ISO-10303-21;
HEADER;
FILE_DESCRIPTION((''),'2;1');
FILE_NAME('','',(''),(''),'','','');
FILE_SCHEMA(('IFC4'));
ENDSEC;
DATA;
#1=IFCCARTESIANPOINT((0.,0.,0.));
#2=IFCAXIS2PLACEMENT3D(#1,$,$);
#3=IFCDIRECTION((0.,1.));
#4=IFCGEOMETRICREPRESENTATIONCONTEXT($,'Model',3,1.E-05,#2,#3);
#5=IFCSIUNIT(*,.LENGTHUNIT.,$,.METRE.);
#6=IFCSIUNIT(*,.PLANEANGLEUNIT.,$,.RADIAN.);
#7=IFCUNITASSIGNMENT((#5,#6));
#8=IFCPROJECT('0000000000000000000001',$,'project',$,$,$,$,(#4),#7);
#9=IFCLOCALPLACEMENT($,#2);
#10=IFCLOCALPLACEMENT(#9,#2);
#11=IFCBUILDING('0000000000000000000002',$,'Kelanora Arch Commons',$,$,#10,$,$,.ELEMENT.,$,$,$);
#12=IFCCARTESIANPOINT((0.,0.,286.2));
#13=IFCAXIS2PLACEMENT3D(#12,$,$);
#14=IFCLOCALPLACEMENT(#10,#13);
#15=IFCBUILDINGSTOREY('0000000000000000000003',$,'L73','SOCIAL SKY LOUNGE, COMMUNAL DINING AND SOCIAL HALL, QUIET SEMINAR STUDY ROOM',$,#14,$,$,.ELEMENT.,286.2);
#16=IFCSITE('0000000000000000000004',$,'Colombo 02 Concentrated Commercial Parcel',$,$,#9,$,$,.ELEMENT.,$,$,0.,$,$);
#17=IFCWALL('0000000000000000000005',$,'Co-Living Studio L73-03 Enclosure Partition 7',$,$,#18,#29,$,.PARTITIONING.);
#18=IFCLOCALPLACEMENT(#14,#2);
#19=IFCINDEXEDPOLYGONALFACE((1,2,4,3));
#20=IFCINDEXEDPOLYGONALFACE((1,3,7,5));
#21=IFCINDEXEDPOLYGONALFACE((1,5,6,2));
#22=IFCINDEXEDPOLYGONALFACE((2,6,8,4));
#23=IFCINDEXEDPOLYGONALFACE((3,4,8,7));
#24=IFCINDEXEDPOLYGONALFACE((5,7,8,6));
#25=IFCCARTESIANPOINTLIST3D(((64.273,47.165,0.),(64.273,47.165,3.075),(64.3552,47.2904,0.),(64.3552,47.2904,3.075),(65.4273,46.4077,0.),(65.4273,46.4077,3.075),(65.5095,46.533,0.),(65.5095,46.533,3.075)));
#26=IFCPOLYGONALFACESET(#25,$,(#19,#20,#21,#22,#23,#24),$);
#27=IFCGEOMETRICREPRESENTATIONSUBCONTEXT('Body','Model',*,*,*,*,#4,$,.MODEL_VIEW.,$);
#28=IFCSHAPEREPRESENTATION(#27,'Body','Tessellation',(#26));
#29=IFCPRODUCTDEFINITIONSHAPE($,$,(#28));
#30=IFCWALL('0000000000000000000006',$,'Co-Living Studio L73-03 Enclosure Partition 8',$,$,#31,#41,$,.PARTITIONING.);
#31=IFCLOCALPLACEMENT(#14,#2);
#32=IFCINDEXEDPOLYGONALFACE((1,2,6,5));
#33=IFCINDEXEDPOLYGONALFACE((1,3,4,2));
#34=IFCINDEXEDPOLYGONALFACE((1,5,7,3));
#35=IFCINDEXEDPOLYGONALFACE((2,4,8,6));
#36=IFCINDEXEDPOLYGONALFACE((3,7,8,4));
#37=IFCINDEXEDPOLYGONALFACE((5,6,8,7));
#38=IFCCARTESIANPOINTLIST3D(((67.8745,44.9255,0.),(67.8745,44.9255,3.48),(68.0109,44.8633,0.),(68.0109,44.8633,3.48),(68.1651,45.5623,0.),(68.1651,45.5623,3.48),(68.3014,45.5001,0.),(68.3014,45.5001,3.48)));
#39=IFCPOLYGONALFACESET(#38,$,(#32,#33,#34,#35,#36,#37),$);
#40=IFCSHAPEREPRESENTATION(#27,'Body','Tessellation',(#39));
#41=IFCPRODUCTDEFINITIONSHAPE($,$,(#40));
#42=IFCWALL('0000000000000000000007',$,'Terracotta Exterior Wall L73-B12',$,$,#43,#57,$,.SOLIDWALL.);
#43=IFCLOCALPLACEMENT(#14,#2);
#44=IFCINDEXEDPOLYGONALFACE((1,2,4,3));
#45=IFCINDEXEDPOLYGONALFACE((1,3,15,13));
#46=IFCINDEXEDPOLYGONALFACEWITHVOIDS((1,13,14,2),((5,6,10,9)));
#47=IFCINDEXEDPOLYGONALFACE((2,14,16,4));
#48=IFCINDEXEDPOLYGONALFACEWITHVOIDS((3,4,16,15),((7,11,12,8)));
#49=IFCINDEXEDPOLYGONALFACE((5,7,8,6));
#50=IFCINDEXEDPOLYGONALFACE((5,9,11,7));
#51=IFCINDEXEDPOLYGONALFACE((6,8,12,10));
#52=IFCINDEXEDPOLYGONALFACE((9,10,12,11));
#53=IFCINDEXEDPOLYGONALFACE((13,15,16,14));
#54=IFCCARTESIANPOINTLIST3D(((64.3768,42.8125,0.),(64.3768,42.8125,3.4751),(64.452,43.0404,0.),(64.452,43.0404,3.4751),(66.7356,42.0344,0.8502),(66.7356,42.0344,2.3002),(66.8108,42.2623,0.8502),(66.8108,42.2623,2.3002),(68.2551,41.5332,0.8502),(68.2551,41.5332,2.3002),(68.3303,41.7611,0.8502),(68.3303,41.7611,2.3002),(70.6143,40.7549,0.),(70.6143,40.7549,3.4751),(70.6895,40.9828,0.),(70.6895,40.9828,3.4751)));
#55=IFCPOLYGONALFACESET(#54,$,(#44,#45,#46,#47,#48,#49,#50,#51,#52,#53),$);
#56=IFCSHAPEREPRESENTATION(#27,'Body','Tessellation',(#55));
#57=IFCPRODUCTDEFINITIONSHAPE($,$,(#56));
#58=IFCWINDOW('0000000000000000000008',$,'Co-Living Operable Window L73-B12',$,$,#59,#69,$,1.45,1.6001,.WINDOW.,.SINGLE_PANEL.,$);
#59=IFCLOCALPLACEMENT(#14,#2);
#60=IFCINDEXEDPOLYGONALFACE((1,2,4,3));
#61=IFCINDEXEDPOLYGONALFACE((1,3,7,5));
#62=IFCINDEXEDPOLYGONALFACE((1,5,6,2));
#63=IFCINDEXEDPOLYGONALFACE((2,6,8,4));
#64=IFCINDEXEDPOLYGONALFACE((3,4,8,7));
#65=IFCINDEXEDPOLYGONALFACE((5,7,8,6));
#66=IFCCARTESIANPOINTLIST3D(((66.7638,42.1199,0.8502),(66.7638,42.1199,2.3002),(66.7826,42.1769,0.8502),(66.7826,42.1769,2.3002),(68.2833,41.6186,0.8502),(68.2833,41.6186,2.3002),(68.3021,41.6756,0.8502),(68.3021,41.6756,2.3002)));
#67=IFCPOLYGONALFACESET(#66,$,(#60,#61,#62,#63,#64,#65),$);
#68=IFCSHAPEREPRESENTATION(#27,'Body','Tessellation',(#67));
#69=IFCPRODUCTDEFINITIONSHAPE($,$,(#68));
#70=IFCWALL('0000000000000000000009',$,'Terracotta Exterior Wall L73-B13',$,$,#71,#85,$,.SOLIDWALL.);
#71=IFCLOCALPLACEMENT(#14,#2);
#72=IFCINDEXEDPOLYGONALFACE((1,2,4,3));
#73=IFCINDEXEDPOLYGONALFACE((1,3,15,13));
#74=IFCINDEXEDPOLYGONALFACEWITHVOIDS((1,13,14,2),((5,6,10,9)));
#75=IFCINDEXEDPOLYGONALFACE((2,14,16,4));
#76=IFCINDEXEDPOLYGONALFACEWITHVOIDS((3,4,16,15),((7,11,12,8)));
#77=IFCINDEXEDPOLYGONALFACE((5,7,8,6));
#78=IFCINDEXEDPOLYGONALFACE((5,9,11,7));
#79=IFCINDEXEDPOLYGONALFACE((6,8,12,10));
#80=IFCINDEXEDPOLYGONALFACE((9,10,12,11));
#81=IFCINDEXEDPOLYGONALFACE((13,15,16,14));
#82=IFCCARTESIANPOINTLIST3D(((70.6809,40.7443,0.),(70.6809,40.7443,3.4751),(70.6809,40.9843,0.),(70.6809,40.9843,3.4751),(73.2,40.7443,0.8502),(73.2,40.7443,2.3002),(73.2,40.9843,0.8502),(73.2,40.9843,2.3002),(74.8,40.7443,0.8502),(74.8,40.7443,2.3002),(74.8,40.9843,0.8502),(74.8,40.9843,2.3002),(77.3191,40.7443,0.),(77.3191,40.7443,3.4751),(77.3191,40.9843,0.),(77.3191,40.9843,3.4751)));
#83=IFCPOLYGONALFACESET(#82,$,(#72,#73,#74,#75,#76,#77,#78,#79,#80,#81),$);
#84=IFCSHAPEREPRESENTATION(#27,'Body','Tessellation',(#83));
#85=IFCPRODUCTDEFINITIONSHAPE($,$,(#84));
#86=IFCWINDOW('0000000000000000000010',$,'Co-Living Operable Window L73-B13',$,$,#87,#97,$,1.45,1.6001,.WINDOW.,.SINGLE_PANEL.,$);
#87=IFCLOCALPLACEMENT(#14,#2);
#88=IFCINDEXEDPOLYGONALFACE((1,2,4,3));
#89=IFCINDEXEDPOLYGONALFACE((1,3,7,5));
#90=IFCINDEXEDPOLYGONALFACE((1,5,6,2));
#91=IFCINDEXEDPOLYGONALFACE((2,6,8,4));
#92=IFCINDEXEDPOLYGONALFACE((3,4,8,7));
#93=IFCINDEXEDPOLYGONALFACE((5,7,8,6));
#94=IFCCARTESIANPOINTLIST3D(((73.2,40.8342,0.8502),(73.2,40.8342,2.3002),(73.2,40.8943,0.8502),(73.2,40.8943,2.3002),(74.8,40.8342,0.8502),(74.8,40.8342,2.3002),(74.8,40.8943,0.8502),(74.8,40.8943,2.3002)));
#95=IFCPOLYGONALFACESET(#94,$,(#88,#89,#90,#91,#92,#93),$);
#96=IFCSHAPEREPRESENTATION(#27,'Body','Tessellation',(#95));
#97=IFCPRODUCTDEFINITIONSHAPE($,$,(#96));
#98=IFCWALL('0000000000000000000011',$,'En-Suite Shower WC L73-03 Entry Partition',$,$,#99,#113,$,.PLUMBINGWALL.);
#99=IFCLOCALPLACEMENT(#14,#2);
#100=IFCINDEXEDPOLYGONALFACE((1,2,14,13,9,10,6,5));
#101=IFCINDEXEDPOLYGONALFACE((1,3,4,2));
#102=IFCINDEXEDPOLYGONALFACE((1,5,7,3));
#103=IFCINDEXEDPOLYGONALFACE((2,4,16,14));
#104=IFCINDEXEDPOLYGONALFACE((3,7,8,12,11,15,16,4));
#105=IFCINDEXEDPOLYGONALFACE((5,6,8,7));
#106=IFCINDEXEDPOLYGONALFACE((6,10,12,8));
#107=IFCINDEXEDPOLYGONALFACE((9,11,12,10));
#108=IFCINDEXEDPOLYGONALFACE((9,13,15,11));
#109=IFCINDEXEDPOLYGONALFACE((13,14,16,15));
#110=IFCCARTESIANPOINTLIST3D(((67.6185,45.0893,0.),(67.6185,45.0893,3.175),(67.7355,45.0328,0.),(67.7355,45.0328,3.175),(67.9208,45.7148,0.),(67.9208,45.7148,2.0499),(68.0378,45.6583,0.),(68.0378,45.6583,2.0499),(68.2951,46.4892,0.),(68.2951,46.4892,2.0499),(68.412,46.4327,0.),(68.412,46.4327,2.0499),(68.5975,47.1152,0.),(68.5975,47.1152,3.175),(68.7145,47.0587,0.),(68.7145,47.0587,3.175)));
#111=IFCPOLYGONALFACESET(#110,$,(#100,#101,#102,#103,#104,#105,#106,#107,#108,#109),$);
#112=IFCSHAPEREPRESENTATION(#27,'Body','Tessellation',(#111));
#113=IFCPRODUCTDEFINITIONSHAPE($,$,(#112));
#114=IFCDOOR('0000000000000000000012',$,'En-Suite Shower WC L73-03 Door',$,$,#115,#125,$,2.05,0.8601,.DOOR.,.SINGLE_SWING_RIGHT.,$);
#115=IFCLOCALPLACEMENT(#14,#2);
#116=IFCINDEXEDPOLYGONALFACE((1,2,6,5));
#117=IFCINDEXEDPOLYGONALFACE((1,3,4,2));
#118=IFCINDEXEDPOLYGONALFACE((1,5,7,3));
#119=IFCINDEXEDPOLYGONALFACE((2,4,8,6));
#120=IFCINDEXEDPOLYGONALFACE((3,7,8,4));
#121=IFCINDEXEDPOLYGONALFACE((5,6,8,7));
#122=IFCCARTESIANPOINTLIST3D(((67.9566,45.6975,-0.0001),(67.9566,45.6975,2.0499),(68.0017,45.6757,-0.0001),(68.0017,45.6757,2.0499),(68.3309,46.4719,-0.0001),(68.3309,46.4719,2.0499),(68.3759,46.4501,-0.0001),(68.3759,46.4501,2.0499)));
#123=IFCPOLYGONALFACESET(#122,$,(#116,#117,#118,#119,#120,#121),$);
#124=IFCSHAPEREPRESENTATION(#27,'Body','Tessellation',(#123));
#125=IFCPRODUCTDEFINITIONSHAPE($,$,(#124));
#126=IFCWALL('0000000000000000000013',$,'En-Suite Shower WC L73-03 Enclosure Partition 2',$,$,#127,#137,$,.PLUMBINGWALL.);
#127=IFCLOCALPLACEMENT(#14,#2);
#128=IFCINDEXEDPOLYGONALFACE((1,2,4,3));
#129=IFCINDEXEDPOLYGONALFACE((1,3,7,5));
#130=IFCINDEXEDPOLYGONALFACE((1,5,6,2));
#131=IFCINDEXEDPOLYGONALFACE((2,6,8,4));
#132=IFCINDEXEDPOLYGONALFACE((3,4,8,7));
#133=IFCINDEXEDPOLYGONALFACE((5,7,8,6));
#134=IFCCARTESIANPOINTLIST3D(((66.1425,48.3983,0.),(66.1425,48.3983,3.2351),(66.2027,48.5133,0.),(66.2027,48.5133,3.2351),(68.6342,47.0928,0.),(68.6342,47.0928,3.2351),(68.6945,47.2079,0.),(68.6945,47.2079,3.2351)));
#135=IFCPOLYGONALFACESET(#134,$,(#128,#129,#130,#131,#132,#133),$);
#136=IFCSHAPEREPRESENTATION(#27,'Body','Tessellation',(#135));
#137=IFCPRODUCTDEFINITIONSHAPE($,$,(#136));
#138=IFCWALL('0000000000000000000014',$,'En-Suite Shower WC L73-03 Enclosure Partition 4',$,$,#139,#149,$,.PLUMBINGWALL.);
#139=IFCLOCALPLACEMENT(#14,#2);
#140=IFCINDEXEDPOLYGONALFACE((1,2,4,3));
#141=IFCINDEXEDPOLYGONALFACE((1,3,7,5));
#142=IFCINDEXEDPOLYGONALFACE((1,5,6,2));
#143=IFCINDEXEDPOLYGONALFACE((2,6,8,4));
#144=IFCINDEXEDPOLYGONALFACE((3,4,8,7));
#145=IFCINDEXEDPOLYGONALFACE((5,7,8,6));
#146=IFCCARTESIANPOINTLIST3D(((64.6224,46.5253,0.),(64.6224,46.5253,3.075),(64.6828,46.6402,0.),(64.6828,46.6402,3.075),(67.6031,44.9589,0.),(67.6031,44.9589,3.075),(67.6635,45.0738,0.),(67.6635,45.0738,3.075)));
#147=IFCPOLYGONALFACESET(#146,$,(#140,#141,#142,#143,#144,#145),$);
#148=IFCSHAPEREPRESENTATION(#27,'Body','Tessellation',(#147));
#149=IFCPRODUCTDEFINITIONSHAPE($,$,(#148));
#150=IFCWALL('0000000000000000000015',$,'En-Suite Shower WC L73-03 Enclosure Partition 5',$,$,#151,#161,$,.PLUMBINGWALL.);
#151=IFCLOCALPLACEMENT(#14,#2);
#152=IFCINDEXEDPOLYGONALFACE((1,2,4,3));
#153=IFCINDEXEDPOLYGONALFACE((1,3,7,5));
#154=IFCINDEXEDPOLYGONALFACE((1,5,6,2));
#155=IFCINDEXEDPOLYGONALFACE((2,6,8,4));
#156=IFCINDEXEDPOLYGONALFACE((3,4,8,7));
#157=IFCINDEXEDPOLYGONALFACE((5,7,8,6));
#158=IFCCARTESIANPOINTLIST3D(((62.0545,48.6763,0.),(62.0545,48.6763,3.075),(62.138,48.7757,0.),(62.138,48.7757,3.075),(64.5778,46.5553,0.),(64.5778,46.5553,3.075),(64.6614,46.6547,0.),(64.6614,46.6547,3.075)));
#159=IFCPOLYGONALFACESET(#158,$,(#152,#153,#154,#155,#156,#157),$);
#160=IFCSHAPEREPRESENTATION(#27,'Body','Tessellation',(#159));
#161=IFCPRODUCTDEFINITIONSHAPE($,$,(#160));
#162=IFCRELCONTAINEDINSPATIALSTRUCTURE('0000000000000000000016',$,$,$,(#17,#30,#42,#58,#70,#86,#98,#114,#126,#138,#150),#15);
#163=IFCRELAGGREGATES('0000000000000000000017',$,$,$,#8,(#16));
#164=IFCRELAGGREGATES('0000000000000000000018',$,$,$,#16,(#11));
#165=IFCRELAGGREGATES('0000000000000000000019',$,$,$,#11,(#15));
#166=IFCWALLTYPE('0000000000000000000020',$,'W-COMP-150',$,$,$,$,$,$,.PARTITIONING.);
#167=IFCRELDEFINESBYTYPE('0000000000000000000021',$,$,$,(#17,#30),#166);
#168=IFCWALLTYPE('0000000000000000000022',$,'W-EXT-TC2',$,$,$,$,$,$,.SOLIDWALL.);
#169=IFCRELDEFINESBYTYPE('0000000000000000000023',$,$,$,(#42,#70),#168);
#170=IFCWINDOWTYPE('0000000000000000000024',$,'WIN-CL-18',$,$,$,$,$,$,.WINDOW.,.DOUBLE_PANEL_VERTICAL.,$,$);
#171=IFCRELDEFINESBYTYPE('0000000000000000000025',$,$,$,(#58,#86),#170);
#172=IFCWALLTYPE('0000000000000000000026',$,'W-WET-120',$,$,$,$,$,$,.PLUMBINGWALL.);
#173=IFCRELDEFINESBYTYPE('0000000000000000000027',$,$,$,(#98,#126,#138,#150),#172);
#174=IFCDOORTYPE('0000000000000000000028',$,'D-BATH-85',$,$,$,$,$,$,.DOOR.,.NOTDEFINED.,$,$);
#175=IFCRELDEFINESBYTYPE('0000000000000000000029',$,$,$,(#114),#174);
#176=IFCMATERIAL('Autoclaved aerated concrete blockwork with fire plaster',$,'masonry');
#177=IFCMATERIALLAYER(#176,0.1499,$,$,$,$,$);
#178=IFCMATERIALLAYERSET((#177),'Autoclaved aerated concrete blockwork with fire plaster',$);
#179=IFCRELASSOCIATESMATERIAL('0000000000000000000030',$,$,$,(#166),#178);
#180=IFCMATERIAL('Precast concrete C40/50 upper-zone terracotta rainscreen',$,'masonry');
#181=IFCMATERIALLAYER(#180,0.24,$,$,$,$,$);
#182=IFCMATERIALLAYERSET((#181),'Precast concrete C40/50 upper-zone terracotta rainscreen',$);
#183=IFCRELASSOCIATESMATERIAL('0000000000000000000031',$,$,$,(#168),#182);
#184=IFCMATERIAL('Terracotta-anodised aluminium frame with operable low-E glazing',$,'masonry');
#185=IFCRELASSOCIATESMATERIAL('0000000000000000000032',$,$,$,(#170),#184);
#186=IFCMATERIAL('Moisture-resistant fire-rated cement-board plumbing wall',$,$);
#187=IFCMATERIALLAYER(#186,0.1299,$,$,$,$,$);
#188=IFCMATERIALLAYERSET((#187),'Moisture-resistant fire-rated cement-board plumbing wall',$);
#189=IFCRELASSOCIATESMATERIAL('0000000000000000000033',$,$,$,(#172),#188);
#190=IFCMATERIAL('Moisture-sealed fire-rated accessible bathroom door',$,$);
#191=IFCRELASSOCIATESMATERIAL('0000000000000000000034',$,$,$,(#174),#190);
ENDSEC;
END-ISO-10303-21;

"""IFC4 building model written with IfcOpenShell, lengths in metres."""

from ifc_helpers import new_model, si_unit, direction, frame, frame_2d, origin, place, context, subcontext, project, spatial, rectangle, extrude, material, layer, layer_set, type_object, element, fill, save


model = new_model("IFC4")

# Units and contexts
model_context = context("Model", 3, precision=1e-05, world=origin(), true_north=direction((0.0, 1.0)))
body_context = subcontext(model_context, "Body", "Model", "MODEL_VIEW")
ifc_project = project(units=[si_unit("LENGTHUNIT", "METRE"), si_unit("PLANEANGLEUNIT", "RADIAN")], contexts=[model_context])

# Site, building, storey
site_placement = place(None, origin())
site = spatial("IfcSite", under=ifc_project, at=site_placement, Name="Colombo 02 Concentrated Commercial Parcel", CompositionType="ELEMENT", RefElevation=0.0)
building_placement = place(site_placement, origin())
building = spatial("IfcBuilding", under=site, at=building_placement, Name="Kelanora Arch Commons", CompositionType="ELEMENT")
storey_placement = place(building_placement, frame((0.0, 0.0, 286.2)))
storey = spatial("IfcBuildingStorey", under=building, at=storey_placement, Name="L73", Description="SOCIAL SKY LOUNGE, COMMUNAL DINING AND SOCIAL HALL, QUIET SEMINAR STUDY ROOM", CompositionType="ELEMENT", Elevation=286.2)

# Shared definitions
ifc_material_1 = material(Name="Autoclaved aerated concrete blockwork with fire plaster", Category="masonry")
ifc_layer_1 = layer(ifc_material_1, 0.1499)
ifc_layer_set_1 = layer_set([ifc_layer_1], Name="Autoclaved aerated concrete blockwork with fire plaster")
wall_type_1 = type_object("IfcWallType", Name="W-COMP-150", PredefinedType="PARTITIONING", material=ifc_layer_set_1)

# Walls
wall_1_placement = place(storey_placement, frame((64.314, 47.2278, 0.0), z_axis=(0.0, 0.0, 1.0), x_axis=(0.836109, -0.548564, 0.0)))
element("IfcWall", 1, at=wall_1_placement, inside=storey, type_object=wall_type_1, Name="Co-Living Studio L73-03 Enclosure Partition 7", PredefinedType="PARTITIONING", context=body_context, shape_type="SweptSolid", body=[
    extrude(rectangle(XDim=1.3806, YDim=0.1499, at=frame_2d((0.6904, 0.0))), origin(), (0.0, 0.0, 1.0), 3.075),
])
wall_2_placement = place(storey_placement, frame((67.9426, 44.8943, 0.0), z_axis=(0.0, 0.0, 1.0), x_axis=(0.415117, 0.909768, 0.0)))
element("IfcWall", 2, at=wall_2_placement, inside=storey, type_object=wall_type_1, Name="Co-Living Studio L73-03 Enclosure Partition 8", PredefinedType="PARTITIONING", context=body_context, shape_type="SweptSolid", body=[
    extrude(rectangle(XDim=0.7, YDim=0.1499, at=frame_2d((0.3501, 0.0))), origin(), (0.0, 0.0, 1.0), 3.48),
])

# Walls, openings, windows
ifc_material_2 = material(Name="Precast concrete C40/50 upper-zone terracotta rainscreen", Category="masonry")
ifc_layer_2 = layer(ifc_material_2, 0.24)
ifc_layer_set_2 = layer_set([ifc_layer_2], Name="Precast concrete C40/50 upper-zone terracotta rainscreen")
wall_type_2 = type_object("IfcWallType", Name="W-EXT-TC2", PredefinedType="SOLIDWALL", material=ifc_layer_set_2)
wall_3_placement = place(storey_placement, frame((64.4143, 42.9265, 0.0), z_axis=(0.0, 0.0, 1.0), x_axis=(0.949664, -0.313271, 0.0)))
wall_3 = element("IfcWall", 3, at=wall_3_placement, inside=storey, type_object=wall_type_2, Name="Terracotta Exterior Wall L73-B12", PredefinedType="SOLIDWALL", context=body_context, shape_type="SweptSolid", body=[
    extrude(rectangle(XDim=6.5681, YDim=0.24, at=frame_2d((3.2842, 0.0))), origin(), (0.0, 0.0, 1.0), 3.4751),
])
opening_1_placement = place(wall_3_placement, frame((2.4839, 0.0, 0.8501)))
opening_1 = element("IfcOpeningElement", 4, at=opening_1_placement, cuts=wall_3, PredefinedType="OPENING", context=body_context, shape_type="SweptSolid", body=[
    extrude(rectangle(XDim=1.6001, YDim=1.45, at=frame_2d((0.8, 0.7251))), frame((0.0, 0.1299, 0.0), z_axis=(0.0, -1.0, 0.0), x_axis=(1.0, 0.0, 0.0)), (0.0, 0.0, 1.0), 0.26),
])
ifc_material_3 = material(Name="Terracotta-anodised aluminium frame with operable low-E glazing", Category="masonry")
window_type = type_object("IfcWindowType", Name="WIN-CL-18", PartitioningType="DOUBLE_PANEL_VERTICAL", PredefinedType="WINDOW", material=ifc_material_3)
window_1_placement = place(opening_1_placement, origin())
window_1 = element("IfcWindow", 5, at=window_1_placement, inside=storey, type_object=window_type, Name="Co-Living Operable Window L73-B12", OverallHeight=1.45, OverallWidth=1.6001, PartitioningType="SINGLE_PANEL", PredefinedType="WINDOW", context=body_context, shape_type="SweptSolid", body=[
    extrude(rectangle(XDim=1.6001, YDim=1.45, at=frame_2d((0.8, 0.7251))), frame((0.0, 0.03, 0.0), z_axis=(0.0, -1.0, 0.0), x_axis=(1.0, 0.0, 0.0)), (0.0, 0.0, 1.0), 0.0601),
])
fill(opening_1, window_1)
wall_4_placement = place(storey_placement, frame((70.6809, 40.8643, 0.0), z_axis=(0.0, 0.0, 1.0), x_axis=(1.0, 0.0, 0.0)))
wall_4 = element("IfcWall", 6, at=wall_4_placement, inside=storey, type_object=wall_type_2, Name="Terracotta Exterior Wall L73-B13", PredefinedType="SOLIDWALL", context=body_context, shape_type="SweptSolid", body=[
    extrude(rectangle(XDim=6.6382, YDim=0.24, at=frame_2d((3.3191, 0.0))), origin(), (0.0, 0.0, 1.0), 3.4751),
])
opening_2_placement = place(wall_4_placement, frame((2.519, 0.0, 0.8501)))
opening_2 = element("IfcOpeningElement", 7, at=opening_2_placement, cuts=wall_4, PredefinedType="OPENING", context=body_context, shape_type="SweptSolid", body=[
    extrude(rectangle(XDim=1.6001, YDim=1.45, at=frame_2d((0.8, 0.7251))), frame((0.0, 0.1299, 0.0), z_axis=(0.0, -1.0, 0.0), x_axis=(1.0, 0.0, 0.0)), (0.0, 0.0, 1.0), 0.26),
])
window_2_placement = place(opening_2_placement, origin())
window_2 = element("IfcWindow", 8, at=window_2_placement, inside=storey, type_object=window_type, Name="Co-Living Operable Window L73-B13", OverallHeight=1.45, OverallWidth=1.6001, PartitioningType="SINGLE_PANEL", PredefinedType="WINDOW", context=body_context, shape_type="SweptSolid", body=[
    extrude(rectangle(XDim=1.6001, YDim=1.45, at=frame_2d((0.8, 0.7251))), frame((0.0, 0.03, 0.0), z_axis=(0.0, -1.0, 0.0), x_axis=(1.0, 0.0, 0.0)), (0.0, 0.0, 1.0), 0.0601),
])
fill(opening_2, window_2)

# Wall, opening, door
ifc_material_4 = material(Name="Moisture-resistant fire-rated cement-board plumbing wall")
ifc_layer_3 = layer(ifc_material_4, 0.1299)
ifc_layer_set_3 = layer_set([ifc_layer_3], Name="Moisture-resistant fire-rated cement-board plumbing wall")
wall_type_3 = type_object("IfcWallType", Name="W-WET-120", PredefinedType="PLUMBINGWALL", material=ifc_layer_set_3)
wall_5_placement = place(storey_placement, frame((68.656, 47.0869, 0.0), z_axis=(0.0, 0.0, 1.0), x_axis=(-0.435107, -0.900379, 0.0)))
wall_5 = element("IfcWall", 9, at=wall_5_placement, inside=storey, type_object=wall_type_3, Name="En-Suite Shower WC L73-03 Entry Partition", PredefinedType="PLUMBINGWALL", context=body_context, shape_type="SweptSolid", body=[
    extrude(rectangle(XDim=2.25, YDim=0.1299, at=frame_2d((1.125, 0.0))), origin(), (0.0, 0.0, 1.0), 3.175),
])
opening_3_placement = place(wall_5_placement, frame((0.6951, 0.0, 0.0)))
opening_3 = element("IfcOpeningElement", 10, at=opening_3_placement, cuts=wall_5, PredefinedType="OPENING", context=body_context, shape_type="SweptSolid", body=[
    extrude(rectangle(XDim=0.8601, YDim=2.05, at=frame_2d((0.4302, 1.0249))), frame((0.0, 0.075, 0.0), z_axis=(0.0, -1.0, 0.0), x_axis=(1.0, 0.0, 0.0)), (0.0, 0.0, 1.0), 0.1499),
])
ifc_material_5 = material(Name="Moisture-sealed fire-rated accessible bathroom door")
door_type_1 = type_object("IfcDoorType", Name="D-BATH-85", OperationType="NOTDEFINED", PredefinedType="DOOR", material=ifc_material_5)
door_1_placement = place(opening_3_placement, origin())
door_1 = element("IfcDoor", 11, at=door_1_placement, inside=storey, type_object=door_type_1, Name="En-Suite Shower WC L73-03 Door", OperationType="SINGLE_SWING_RIGHT", OverallHeight=2.05, OverallWidth=0.8601, PredefinedType="DOOR", context=body_context, shape_type="SweptSolid", body=[
    extrude(rectangle(XDim=0.8601, YDim=2.05, at=frame_2d((0.4302, 1.0249))), frame((0.0, 0.0249, 0.0), z_axis=(0.0, -1.0, 0.0), x_axis=(1.0, 0.0, 0.0)), (0.0, 0.0, 1.0), 0.05),
])
fill(opening_3, door_1)

# Walls
wall_6_placement = place(storey_placement, frame((66.1726, 48.4558, 0.0), z_axis=(0.0, 0.0, 1.0), x_axis=(0.885796, -0.464075, 0.0)))
element("IfcWall", 12, at=wall_6_placement, inside=storey, type_object=wall_type_3, Name="En-Suite Shower WC L73-03 Enclosure Partition 2", PredefinedType="PLUMBINGWALL", context=body_context, shape_type="SweptSolid", body=[
    extrude(rectangle(XDim=2.813, YDim=0.1299, at=frame_2d((1.4065, 0.0))), origin(), (0.0, 0.0, 1.0), 3.2351),
])
wall_7_placement = place(storey_placement, frame((67.6333, 45.0164, 0.0), z_axis=(0.0, 0.0, 1.0), x_axis=(-0.885211, 0.465191, 0.0)))
element("IfcWall", 13, at=wall_7_placement, inside=storey, type_object=wall_type_3, Name="En-Suite Shower WC L73-03 Enclosure Partition 4", PredefinedType="PLUMBINGWALL", context=body_context, shape_type="SweptSolid", body=[
    extrude(rectangle(XDim=3.3672, YDim=0.1299, at=frame_2d((1.6836, 0.0))), origin(), (0.0, 0.0, 1.0), 3.075),
])
wall_8_placement = place(storey_placement, frame((64.6196, 46.605, 0.0), z_axis=(0.0, 0.0, 1.0), x_axis=(-0.765495, 0.643442, 0.0)))
element("IfcWall", 14, at=wall_8_placement, inside=storey, type_object=wall_type_3, Name="En-Suite Shower WC L73-03 Enclosure Partition 5", PredefinedType="PLUMBINGWALL", context=body_context, shape_type="SweptSolid", body=[
    extrude(rectangle(XDim=3.2964, YDim=0.1299, at=frame_2d((1.6482, 0.0))), origin(), (0.0, 0.0, 1.0), 3.075),
])

save(model, "model.ifc")
